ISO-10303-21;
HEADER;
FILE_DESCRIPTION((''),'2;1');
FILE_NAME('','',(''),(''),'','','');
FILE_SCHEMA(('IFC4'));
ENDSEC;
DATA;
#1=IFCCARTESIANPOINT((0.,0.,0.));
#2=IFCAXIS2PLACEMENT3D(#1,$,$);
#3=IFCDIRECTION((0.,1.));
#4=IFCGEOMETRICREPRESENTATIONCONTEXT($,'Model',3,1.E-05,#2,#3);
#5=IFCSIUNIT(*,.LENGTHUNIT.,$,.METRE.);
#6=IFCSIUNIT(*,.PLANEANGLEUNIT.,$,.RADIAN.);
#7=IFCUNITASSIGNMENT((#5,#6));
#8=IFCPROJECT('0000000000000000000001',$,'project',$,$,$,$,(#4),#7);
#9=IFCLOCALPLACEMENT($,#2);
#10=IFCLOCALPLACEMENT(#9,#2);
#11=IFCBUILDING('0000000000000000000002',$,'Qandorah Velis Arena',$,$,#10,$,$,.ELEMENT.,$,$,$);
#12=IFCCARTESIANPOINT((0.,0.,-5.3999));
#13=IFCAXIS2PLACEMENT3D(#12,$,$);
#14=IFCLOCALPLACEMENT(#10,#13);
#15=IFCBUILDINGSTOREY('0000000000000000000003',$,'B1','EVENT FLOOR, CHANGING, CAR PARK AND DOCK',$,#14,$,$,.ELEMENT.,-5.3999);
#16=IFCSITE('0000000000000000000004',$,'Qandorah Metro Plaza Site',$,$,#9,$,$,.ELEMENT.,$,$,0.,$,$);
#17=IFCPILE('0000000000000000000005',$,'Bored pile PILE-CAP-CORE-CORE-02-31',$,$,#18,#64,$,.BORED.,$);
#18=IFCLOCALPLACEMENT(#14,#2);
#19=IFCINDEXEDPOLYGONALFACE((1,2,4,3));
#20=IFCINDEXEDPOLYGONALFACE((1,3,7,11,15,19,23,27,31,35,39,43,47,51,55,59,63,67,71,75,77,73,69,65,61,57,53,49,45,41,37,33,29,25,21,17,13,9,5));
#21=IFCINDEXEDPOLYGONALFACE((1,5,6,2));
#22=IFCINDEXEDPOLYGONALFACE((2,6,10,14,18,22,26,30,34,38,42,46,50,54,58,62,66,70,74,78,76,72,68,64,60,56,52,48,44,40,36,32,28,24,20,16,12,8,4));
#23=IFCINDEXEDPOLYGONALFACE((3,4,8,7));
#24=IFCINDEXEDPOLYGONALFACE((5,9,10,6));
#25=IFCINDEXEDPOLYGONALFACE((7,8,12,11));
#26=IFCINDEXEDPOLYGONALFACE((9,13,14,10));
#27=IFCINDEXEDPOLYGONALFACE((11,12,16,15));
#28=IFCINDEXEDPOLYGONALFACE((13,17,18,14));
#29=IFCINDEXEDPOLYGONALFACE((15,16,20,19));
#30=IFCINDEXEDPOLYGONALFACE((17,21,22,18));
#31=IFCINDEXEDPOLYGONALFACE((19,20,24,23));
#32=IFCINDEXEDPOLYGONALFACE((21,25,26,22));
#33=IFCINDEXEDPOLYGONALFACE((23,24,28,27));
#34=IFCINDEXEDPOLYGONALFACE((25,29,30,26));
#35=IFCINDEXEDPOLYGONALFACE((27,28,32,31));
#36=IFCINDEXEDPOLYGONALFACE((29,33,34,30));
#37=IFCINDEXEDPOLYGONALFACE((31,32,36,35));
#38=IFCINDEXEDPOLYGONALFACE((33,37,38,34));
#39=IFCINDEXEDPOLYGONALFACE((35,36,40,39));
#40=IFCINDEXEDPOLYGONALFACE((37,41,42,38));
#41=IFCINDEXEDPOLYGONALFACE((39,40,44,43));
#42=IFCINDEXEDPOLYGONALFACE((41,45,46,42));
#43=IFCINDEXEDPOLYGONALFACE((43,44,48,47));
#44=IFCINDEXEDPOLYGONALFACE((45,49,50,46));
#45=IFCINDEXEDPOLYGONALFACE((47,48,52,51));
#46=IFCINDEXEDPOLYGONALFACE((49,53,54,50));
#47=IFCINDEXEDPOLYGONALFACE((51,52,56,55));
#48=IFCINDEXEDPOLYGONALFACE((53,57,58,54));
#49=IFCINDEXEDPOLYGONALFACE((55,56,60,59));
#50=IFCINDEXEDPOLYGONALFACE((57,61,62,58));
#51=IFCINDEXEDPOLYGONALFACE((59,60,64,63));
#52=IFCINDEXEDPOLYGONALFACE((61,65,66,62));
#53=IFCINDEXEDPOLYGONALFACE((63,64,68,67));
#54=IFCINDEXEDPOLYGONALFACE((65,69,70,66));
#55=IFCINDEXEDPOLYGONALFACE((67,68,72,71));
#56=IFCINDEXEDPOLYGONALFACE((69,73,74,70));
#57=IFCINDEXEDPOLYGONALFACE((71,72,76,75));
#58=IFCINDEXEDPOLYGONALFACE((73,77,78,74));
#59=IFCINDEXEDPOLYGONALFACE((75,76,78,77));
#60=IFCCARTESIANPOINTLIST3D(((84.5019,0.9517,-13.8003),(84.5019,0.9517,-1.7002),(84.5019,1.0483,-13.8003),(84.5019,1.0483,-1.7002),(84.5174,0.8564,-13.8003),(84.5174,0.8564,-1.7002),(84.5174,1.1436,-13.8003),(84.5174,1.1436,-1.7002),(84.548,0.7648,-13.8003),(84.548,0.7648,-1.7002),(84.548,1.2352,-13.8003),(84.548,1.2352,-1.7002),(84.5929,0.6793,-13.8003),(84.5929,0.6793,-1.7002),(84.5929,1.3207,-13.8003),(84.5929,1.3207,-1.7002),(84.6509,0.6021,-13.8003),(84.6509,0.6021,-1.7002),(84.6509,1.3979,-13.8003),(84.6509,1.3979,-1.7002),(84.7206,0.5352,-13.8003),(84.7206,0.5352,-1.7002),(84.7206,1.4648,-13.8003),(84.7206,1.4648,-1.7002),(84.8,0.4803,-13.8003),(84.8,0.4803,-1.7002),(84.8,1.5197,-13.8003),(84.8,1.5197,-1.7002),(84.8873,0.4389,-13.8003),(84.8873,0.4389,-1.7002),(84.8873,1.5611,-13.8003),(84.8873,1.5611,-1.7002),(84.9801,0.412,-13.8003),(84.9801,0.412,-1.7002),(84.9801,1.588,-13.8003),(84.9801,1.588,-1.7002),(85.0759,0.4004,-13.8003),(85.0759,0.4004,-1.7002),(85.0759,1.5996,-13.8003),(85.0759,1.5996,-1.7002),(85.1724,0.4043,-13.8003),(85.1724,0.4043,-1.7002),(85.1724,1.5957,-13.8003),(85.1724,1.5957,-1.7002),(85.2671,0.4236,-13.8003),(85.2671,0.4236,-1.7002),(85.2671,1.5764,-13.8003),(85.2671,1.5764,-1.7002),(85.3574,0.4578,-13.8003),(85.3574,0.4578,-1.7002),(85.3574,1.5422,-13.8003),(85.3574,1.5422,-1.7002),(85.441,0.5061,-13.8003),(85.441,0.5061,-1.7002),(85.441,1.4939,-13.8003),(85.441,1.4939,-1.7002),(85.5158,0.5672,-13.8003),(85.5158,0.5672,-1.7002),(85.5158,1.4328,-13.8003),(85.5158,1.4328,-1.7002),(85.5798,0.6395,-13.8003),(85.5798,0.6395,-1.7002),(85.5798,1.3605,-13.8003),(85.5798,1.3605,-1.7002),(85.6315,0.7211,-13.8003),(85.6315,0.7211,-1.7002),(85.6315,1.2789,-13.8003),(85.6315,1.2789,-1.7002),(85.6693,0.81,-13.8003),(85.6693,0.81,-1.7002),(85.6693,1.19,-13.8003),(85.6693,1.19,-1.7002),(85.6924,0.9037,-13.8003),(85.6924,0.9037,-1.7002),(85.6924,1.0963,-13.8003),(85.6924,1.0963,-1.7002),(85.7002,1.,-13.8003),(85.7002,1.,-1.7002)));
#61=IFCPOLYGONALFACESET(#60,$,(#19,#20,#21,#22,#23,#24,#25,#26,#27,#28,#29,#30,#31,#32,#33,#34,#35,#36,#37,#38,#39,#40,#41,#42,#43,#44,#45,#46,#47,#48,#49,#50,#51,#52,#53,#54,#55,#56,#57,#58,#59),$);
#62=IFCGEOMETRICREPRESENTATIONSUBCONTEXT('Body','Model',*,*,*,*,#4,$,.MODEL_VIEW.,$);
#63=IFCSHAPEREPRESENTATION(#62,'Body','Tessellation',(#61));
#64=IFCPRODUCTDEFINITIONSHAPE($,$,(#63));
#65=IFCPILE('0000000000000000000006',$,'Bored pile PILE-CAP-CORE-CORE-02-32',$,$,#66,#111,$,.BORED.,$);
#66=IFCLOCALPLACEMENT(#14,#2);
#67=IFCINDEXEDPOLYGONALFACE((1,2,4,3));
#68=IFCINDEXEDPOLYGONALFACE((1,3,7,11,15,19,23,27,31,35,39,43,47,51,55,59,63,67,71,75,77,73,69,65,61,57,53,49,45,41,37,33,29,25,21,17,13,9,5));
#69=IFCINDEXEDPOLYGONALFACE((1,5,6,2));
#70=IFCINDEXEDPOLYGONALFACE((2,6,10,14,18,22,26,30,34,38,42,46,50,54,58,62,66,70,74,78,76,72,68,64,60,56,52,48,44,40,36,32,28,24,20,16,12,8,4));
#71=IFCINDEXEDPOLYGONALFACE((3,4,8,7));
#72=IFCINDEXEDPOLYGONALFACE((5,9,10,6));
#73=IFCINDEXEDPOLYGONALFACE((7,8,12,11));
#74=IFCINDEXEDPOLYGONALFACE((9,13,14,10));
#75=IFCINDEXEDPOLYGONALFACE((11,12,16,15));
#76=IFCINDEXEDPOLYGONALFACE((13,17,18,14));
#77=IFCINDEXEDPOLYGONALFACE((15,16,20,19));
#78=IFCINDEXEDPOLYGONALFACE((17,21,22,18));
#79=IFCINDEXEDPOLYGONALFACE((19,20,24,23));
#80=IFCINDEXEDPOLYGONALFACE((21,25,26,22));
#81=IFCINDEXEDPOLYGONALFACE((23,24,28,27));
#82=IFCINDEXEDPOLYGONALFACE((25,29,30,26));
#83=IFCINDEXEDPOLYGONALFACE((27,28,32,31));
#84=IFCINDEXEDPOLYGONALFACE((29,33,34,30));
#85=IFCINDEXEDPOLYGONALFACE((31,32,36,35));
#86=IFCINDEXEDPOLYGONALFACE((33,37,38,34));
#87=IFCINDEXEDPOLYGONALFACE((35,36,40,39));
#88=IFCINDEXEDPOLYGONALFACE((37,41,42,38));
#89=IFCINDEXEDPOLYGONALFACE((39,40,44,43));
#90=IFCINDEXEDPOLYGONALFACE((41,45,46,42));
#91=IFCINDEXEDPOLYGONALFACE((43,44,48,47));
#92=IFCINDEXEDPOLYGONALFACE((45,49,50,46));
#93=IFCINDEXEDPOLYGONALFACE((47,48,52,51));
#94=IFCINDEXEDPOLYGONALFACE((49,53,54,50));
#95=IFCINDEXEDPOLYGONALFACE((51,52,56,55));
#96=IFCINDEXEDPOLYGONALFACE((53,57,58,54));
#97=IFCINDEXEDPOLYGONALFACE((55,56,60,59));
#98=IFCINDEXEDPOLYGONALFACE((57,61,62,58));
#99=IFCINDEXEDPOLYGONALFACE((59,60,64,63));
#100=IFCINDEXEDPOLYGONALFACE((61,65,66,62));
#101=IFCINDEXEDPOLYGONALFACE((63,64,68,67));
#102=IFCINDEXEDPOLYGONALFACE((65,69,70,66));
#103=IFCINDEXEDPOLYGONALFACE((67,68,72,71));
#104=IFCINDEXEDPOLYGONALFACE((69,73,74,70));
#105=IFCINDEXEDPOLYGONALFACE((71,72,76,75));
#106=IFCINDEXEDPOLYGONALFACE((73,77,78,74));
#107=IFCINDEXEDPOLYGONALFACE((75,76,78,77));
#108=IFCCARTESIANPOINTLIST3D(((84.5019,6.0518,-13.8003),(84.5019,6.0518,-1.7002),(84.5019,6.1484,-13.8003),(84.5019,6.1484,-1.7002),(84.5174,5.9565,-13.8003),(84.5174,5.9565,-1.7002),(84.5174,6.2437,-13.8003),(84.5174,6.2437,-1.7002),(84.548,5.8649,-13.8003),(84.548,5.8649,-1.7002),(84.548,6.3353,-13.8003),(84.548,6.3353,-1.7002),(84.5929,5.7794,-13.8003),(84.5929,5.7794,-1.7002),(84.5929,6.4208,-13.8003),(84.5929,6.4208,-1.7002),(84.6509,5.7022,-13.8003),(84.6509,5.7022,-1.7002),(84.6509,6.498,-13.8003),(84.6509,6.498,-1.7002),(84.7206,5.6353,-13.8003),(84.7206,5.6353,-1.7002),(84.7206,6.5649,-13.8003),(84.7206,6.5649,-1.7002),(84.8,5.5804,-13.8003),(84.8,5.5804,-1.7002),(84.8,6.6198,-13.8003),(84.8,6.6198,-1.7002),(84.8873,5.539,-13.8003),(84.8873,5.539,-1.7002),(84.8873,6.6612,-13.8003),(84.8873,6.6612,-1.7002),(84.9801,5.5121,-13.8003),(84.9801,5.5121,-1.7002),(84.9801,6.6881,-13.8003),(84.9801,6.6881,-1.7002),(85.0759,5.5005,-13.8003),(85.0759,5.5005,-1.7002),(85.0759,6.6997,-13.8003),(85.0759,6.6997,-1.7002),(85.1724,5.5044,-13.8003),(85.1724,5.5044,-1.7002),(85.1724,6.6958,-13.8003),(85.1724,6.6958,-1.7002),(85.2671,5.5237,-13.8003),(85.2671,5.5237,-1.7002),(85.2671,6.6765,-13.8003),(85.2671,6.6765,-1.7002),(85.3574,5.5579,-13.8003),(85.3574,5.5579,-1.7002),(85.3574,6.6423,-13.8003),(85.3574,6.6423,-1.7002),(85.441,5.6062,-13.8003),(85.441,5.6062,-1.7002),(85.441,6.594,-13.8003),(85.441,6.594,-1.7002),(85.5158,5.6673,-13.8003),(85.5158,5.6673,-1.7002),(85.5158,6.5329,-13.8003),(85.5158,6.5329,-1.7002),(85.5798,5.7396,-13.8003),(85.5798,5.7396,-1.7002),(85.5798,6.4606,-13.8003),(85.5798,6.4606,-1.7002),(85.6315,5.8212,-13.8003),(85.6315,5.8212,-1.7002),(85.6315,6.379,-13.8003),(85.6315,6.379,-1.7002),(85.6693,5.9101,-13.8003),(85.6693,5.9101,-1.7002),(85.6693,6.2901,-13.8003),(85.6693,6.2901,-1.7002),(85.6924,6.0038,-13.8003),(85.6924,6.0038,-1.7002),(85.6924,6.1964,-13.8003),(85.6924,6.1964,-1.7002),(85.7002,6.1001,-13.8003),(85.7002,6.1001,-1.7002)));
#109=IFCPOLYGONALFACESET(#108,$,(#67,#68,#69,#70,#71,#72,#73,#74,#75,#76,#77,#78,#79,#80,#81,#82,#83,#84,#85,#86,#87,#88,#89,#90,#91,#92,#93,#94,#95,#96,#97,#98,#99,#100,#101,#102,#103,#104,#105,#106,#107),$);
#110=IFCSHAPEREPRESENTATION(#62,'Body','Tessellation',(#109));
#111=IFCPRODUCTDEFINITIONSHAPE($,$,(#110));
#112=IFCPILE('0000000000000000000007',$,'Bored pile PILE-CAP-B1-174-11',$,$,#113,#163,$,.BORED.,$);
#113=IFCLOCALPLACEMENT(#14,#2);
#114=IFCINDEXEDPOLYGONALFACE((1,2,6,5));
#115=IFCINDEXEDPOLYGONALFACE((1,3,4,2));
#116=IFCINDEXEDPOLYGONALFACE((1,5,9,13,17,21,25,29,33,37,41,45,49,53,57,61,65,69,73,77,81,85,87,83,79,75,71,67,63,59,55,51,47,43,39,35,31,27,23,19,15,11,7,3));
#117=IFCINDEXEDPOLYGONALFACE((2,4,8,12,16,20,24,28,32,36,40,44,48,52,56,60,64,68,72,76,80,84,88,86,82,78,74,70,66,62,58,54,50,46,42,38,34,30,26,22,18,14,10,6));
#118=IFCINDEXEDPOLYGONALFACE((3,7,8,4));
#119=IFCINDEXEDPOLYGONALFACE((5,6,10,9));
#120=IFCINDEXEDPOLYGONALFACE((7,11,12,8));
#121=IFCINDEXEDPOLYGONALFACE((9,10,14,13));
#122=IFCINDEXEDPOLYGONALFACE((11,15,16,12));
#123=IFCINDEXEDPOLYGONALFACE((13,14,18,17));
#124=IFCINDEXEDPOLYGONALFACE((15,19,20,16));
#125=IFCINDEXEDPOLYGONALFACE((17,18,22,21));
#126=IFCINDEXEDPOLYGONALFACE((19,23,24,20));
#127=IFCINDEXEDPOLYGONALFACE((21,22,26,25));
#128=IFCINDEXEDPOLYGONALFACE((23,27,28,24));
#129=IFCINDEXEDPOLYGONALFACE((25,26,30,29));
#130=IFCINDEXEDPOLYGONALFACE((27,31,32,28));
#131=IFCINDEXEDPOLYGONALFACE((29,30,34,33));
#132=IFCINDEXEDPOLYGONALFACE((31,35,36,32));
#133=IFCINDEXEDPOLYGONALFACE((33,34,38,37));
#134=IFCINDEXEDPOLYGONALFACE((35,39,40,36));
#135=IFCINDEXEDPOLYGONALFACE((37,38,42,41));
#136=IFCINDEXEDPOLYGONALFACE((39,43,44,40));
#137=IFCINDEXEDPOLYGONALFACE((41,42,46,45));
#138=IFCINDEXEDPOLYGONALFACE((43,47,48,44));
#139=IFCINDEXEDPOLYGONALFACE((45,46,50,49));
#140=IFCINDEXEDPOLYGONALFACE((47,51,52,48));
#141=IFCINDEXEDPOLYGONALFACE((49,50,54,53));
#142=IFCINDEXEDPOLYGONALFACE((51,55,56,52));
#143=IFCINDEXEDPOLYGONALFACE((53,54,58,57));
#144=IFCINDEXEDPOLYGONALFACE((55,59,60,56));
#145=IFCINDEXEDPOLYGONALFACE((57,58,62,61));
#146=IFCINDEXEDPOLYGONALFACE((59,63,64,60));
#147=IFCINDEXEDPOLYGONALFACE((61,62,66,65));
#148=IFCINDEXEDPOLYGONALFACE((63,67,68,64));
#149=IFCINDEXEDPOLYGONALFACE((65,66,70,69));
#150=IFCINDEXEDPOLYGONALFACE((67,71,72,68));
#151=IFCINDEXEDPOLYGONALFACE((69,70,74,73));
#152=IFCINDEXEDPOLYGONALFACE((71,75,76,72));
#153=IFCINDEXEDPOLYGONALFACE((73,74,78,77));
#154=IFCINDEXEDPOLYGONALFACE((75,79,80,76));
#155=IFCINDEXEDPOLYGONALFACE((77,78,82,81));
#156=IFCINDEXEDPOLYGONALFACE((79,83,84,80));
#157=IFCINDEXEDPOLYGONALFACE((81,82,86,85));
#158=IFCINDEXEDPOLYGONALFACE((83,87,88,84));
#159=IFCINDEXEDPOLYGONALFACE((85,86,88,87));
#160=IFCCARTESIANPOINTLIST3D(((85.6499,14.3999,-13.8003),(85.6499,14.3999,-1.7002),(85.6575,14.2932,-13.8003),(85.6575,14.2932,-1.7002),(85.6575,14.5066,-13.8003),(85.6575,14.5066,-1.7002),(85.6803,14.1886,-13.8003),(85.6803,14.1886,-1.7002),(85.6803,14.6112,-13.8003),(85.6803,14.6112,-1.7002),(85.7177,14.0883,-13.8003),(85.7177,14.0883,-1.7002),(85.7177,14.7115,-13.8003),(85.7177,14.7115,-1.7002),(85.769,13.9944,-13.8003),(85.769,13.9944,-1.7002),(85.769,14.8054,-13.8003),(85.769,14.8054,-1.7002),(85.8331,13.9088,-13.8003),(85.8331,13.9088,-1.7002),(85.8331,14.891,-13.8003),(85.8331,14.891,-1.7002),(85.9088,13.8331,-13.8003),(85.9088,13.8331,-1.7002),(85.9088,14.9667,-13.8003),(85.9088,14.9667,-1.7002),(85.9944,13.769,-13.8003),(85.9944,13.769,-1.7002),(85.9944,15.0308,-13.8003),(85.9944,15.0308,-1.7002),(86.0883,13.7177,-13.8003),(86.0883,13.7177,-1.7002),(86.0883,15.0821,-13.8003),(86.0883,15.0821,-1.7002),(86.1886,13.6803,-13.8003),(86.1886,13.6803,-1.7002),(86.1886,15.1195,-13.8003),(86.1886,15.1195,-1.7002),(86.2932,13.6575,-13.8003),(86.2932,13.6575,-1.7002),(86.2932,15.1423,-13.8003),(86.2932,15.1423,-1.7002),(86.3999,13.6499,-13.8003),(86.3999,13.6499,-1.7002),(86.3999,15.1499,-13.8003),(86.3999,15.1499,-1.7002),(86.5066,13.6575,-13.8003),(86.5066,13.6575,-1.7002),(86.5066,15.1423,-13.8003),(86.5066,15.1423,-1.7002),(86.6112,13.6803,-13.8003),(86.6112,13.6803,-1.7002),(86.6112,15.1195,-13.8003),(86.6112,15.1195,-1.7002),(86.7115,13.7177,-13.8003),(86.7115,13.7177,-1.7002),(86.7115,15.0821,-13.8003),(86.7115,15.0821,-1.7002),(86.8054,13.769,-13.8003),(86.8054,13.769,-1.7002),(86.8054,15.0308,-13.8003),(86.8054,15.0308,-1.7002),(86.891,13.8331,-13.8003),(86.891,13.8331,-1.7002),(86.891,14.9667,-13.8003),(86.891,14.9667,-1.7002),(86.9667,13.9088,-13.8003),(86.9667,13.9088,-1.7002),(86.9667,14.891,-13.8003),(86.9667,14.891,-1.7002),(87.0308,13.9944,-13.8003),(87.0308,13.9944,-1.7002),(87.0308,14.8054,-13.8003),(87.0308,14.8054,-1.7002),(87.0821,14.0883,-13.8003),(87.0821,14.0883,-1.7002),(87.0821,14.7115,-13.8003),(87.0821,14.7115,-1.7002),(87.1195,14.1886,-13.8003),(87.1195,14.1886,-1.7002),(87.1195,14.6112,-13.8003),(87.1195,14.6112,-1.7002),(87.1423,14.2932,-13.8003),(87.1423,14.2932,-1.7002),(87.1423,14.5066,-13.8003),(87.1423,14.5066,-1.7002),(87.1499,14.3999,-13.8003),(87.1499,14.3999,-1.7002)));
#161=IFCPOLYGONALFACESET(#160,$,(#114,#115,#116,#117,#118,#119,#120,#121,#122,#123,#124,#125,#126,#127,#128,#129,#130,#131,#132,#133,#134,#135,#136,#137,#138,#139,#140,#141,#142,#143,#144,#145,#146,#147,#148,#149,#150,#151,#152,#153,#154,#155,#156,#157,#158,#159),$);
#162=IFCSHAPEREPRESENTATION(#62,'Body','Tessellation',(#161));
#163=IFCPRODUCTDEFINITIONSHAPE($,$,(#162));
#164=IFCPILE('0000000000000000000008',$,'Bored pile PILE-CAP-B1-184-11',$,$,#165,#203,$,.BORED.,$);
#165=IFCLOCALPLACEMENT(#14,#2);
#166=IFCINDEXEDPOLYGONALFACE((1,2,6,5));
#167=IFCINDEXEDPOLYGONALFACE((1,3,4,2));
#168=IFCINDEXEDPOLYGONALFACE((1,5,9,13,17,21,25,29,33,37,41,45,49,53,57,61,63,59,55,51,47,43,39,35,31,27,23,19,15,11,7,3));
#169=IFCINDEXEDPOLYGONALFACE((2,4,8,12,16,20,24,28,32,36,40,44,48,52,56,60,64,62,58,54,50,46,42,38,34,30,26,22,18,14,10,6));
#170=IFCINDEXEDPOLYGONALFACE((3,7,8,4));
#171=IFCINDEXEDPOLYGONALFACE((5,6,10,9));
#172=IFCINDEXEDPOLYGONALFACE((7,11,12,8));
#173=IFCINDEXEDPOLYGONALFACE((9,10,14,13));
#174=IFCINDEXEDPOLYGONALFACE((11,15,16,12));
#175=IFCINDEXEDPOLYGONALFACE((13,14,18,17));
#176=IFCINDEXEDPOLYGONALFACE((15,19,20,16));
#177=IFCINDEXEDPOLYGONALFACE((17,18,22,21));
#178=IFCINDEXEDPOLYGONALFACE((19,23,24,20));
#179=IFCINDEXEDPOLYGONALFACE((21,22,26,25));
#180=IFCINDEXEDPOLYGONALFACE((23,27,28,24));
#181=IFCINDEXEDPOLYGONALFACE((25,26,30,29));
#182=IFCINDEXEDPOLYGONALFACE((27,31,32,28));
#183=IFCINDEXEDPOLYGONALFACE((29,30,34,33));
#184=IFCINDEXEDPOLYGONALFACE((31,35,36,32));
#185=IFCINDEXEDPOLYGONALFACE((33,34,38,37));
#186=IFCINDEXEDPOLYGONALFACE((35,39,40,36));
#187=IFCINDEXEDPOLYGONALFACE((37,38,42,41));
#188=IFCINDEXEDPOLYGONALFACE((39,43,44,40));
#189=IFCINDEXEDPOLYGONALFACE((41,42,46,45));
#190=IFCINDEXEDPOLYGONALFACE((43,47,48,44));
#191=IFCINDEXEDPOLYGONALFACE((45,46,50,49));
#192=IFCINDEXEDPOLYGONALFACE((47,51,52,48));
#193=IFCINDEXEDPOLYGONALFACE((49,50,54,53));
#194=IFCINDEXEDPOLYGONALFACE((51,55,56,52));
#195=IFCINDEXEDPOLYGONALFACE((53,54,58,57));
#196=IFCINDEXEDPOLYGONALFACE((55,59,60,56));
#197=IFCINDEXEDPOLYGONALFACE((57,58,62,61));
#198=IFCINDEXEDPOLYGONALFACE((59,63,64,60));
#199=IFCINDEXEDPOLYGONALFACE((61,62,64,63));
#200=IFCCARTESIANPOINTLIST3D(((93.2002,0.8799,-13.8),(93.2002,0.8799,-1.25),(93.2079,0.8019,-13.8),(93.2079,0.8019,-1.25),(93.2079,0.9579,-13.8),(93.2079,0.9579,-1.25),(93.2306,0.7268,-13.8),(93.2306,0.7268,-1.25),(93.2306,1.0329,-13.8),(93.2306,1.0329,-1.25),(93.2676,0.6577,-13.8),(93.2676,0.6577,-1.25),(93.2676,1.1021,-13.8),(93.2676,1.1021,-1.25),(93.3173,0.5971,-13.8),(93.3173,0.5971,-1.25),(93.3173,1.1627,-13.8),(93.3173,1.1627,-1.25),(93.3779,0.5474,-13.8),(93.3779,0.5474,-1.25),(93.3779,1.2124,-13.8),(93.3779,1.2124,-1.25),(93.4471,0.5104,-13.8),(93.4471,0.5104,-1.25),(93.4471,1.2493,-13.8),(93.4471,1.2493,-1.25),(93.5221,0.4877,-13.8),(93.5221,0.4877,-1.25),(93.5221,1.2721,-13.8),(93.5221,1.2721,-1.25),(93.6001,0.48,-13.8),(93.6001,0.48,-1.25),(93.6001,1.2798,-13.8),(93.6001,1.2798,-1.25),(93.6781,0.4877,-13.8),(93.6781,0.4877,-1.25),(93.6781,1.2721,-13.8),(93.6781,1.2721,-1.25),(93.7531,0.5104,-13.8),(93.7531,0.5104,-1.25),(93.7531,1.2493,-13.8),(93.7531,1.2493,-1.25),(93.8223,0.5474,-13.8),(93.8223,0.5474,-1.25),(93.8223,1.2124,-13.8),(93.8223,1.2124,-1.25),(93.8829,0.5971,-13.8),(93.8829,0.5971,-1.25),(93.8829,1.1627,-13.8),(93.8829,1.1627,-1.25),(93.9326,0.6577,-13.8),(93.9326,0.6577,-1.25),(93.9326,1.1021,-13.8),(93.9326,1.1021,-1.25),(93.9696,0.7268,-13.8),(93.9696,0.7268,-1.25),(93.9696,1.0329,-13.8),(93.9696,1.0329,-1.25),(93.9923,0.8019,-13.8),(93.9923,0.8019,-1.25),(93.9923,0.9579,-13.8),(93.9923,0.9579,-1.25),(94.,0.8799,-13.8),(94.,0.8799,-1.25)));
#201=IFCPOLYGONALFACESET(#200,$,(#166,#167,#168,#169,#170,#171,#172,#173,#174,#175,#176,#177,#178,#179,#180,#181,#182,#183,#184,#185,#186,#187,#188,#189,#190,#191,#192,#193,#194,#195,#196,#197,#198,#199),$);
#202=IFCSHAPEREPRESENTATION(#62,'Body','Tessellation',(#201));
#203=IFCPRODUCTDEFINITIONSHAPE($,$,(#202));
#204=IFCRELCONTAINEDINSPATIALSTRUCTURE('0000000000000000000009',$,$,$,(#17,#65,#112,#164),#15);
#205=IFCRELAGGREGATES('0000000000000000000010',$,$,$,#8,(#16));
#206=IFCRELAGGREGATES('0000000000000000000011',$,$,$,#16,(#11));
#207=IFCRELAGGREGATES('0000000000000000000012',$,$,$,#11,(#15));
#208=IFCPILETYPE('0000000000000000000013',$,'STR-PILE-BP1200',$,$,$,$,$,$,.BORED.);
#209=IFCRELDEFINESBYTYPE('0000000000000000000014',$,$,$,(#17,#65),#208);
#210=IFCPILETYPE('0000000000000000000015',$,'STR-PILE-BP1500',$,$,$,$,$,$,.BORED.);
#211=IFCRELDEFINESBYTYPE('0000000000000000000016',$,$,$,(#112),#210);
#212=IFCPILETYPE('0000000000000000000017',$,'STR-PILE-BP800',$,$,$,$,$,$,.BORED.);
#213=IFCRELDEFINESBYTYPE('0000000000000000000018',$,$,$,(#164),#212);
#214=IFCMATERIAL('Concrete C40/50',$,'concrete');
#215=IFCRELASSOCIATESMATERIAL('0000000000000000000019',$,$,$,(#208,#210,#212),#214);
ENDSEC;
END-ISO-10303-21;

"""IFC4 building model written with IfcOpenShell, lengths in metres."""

from ifc_helpers import new_model, si_unit, direction, frame, origin, origin_2d, place, context, subcontext, project, spatial, circle, extrude, material, material_profile, profile_set, type_object, element, save


model = new_model("IFC4")

# Units and contexts
model_context = context("Model", 3, precision=1e-05, world=origin(), true_north=direction((0.0, 1.0)))
body_context = subcontext(model_context, "Body", "Model", "MODEL_VIEW")
ifc_project = project(units=[si_unit("LENGTHUNIT", "METRE"), si_unit("PLANEANGLEUNIT", "RADIAN")], contexts=[model_context])

# Site, building, storey
site_placement = place(None, origin())
site = spatial("IfcSite", under=ifc_project, at=site_placement, Name="Qandorah Metro Plaza Site", CompositionType="ELEMENT", RefElevation=0.0)
building_placement = place(site_placement, origin())
building = spatial("IfcBuilding", under=site, at=building_placement, Name="Qandorah Velis Arena", CompositionType="ELEMENT")
storey_placement = place(building_placement, frame((0.0, 0.0, -5.3999)))
storey = spatial("IfcBuildingStorey", under=building, at=storey_placement, Name="B1", Description="EVENT FLOOR, CHANGING, CAR PARK AND DOCK", CompositionType="ELEMENT", Elevation=-5.3999)

# Shared definitions
ifc_material_1 = material(Name="Concrete C40/50", Category="concrete")

# Piles
ifc_material_profile_1 = material_profile(ifc_material_1, circle(Radius=0.6001, at=origin_2d()), Name="BORED PILE D1200")
ifc_profile_set_1 = profile_set([ifc_material_profile_1], Name="Concrete C40/50")
pile_type_1 = type_object("IfcPileType", Name="STR-PILE-BP1200", PredefinedType="BORED", material=ifc_profile_set_1)
for number, where, z_axis, x_axis, name in (
    (1, (85.1001, 1.0, -1.7002), (0.0, 0.0, -1.0), (1.0, 0.0, 0.0), "Bored pile PILE-CAP-CORE-CORE-02-31"),
    (2, (85.1001, 6.1001, -1.7002), (0.0, 0.0, -1.0), (1.0, 0.0, 0.0), "Bored pile PILE-CAP-CORE-CORE-02-32"),
):
    element("IfcPile", number, at=place(storey_placement, frame(where, z_axis=z_axis, x_axis=x_axis)), inside=storey, type_object=pile_type_1, Name=name, PredefinedType="BORED", context=body_context, shape_type="SweptSolid", body=[
        extrude(circle(Radius=0.6001, at=origin_2d()), origin(), (0.0, 0.0, 1.0), 12.1001),
    ])
ifc_material_profile_2 = material_profile(ifc_material_1, circle(Radius=0.75, at=origin_2d()), Name="BORED PILE D1500")
ifc_profile_set_2 = profile_set([ifc_material_profile_2], Name="Concrete C40/50")
pile_type_2 = type_object("IfcPileType", Name="STR-PILE-BP1500", PredefinedType="BORED", material=ifc_profile_set_2)
pile_1_placement = place(storey_placement, frame((86.3999, 14.3999, -1.7002), z_axis=(0.0, 0.0, -1.0), x_axis=(1.0, 0.0, 0.0)))
element("IfcPile", 3, at=pile_1_placement, inside=storey, type_object=pile_type_2, Name="Bored pile PILE-CAP-B1-174-11", PredefinedType="BORED", context=body_context, shape_type="SweptSolid", body=[
    extrude(circle(Radius=0.75, at=origin_2d()), origin(), (0.0, 0.0, 1.0), 12.1001),
])
ifc_material_profile_3 = material_profile(ifc_material_1, circle(Radius=0.3999, at=origin_2d()), Name="BORED PILE D800")
ifc_profile_set_3 = profile_set([ifc_material_profile_3], Name="Concrete C40/50")
pile_type_3 = type_object("IfcPileType", Name="STR-PILE-BP800", PredefinedType="BORED", material=ifc_profile_set_3)
pile_2_placement = place(storey_placement, frame((93.6001, 0.8799, -1.25), z_axis=(0.0, 0.0, -1.0), x_axis=(1.0, 0.0, 0.0)))
element("IfcPile", 4, at=pile_2_placement, inside=storey, type_object=pile_type_3, Name="Bored pile PILE-CAP-B1-184-11", PredefinedType="BORED", context=body_context, shape_type="SweptSolid", body=[
    extrude(circle(Radius=0.3999, at=origin_2d()), origin(), (0.0, 0.0, 1.0), 12.55),
])

save(model, "model.ifc")
